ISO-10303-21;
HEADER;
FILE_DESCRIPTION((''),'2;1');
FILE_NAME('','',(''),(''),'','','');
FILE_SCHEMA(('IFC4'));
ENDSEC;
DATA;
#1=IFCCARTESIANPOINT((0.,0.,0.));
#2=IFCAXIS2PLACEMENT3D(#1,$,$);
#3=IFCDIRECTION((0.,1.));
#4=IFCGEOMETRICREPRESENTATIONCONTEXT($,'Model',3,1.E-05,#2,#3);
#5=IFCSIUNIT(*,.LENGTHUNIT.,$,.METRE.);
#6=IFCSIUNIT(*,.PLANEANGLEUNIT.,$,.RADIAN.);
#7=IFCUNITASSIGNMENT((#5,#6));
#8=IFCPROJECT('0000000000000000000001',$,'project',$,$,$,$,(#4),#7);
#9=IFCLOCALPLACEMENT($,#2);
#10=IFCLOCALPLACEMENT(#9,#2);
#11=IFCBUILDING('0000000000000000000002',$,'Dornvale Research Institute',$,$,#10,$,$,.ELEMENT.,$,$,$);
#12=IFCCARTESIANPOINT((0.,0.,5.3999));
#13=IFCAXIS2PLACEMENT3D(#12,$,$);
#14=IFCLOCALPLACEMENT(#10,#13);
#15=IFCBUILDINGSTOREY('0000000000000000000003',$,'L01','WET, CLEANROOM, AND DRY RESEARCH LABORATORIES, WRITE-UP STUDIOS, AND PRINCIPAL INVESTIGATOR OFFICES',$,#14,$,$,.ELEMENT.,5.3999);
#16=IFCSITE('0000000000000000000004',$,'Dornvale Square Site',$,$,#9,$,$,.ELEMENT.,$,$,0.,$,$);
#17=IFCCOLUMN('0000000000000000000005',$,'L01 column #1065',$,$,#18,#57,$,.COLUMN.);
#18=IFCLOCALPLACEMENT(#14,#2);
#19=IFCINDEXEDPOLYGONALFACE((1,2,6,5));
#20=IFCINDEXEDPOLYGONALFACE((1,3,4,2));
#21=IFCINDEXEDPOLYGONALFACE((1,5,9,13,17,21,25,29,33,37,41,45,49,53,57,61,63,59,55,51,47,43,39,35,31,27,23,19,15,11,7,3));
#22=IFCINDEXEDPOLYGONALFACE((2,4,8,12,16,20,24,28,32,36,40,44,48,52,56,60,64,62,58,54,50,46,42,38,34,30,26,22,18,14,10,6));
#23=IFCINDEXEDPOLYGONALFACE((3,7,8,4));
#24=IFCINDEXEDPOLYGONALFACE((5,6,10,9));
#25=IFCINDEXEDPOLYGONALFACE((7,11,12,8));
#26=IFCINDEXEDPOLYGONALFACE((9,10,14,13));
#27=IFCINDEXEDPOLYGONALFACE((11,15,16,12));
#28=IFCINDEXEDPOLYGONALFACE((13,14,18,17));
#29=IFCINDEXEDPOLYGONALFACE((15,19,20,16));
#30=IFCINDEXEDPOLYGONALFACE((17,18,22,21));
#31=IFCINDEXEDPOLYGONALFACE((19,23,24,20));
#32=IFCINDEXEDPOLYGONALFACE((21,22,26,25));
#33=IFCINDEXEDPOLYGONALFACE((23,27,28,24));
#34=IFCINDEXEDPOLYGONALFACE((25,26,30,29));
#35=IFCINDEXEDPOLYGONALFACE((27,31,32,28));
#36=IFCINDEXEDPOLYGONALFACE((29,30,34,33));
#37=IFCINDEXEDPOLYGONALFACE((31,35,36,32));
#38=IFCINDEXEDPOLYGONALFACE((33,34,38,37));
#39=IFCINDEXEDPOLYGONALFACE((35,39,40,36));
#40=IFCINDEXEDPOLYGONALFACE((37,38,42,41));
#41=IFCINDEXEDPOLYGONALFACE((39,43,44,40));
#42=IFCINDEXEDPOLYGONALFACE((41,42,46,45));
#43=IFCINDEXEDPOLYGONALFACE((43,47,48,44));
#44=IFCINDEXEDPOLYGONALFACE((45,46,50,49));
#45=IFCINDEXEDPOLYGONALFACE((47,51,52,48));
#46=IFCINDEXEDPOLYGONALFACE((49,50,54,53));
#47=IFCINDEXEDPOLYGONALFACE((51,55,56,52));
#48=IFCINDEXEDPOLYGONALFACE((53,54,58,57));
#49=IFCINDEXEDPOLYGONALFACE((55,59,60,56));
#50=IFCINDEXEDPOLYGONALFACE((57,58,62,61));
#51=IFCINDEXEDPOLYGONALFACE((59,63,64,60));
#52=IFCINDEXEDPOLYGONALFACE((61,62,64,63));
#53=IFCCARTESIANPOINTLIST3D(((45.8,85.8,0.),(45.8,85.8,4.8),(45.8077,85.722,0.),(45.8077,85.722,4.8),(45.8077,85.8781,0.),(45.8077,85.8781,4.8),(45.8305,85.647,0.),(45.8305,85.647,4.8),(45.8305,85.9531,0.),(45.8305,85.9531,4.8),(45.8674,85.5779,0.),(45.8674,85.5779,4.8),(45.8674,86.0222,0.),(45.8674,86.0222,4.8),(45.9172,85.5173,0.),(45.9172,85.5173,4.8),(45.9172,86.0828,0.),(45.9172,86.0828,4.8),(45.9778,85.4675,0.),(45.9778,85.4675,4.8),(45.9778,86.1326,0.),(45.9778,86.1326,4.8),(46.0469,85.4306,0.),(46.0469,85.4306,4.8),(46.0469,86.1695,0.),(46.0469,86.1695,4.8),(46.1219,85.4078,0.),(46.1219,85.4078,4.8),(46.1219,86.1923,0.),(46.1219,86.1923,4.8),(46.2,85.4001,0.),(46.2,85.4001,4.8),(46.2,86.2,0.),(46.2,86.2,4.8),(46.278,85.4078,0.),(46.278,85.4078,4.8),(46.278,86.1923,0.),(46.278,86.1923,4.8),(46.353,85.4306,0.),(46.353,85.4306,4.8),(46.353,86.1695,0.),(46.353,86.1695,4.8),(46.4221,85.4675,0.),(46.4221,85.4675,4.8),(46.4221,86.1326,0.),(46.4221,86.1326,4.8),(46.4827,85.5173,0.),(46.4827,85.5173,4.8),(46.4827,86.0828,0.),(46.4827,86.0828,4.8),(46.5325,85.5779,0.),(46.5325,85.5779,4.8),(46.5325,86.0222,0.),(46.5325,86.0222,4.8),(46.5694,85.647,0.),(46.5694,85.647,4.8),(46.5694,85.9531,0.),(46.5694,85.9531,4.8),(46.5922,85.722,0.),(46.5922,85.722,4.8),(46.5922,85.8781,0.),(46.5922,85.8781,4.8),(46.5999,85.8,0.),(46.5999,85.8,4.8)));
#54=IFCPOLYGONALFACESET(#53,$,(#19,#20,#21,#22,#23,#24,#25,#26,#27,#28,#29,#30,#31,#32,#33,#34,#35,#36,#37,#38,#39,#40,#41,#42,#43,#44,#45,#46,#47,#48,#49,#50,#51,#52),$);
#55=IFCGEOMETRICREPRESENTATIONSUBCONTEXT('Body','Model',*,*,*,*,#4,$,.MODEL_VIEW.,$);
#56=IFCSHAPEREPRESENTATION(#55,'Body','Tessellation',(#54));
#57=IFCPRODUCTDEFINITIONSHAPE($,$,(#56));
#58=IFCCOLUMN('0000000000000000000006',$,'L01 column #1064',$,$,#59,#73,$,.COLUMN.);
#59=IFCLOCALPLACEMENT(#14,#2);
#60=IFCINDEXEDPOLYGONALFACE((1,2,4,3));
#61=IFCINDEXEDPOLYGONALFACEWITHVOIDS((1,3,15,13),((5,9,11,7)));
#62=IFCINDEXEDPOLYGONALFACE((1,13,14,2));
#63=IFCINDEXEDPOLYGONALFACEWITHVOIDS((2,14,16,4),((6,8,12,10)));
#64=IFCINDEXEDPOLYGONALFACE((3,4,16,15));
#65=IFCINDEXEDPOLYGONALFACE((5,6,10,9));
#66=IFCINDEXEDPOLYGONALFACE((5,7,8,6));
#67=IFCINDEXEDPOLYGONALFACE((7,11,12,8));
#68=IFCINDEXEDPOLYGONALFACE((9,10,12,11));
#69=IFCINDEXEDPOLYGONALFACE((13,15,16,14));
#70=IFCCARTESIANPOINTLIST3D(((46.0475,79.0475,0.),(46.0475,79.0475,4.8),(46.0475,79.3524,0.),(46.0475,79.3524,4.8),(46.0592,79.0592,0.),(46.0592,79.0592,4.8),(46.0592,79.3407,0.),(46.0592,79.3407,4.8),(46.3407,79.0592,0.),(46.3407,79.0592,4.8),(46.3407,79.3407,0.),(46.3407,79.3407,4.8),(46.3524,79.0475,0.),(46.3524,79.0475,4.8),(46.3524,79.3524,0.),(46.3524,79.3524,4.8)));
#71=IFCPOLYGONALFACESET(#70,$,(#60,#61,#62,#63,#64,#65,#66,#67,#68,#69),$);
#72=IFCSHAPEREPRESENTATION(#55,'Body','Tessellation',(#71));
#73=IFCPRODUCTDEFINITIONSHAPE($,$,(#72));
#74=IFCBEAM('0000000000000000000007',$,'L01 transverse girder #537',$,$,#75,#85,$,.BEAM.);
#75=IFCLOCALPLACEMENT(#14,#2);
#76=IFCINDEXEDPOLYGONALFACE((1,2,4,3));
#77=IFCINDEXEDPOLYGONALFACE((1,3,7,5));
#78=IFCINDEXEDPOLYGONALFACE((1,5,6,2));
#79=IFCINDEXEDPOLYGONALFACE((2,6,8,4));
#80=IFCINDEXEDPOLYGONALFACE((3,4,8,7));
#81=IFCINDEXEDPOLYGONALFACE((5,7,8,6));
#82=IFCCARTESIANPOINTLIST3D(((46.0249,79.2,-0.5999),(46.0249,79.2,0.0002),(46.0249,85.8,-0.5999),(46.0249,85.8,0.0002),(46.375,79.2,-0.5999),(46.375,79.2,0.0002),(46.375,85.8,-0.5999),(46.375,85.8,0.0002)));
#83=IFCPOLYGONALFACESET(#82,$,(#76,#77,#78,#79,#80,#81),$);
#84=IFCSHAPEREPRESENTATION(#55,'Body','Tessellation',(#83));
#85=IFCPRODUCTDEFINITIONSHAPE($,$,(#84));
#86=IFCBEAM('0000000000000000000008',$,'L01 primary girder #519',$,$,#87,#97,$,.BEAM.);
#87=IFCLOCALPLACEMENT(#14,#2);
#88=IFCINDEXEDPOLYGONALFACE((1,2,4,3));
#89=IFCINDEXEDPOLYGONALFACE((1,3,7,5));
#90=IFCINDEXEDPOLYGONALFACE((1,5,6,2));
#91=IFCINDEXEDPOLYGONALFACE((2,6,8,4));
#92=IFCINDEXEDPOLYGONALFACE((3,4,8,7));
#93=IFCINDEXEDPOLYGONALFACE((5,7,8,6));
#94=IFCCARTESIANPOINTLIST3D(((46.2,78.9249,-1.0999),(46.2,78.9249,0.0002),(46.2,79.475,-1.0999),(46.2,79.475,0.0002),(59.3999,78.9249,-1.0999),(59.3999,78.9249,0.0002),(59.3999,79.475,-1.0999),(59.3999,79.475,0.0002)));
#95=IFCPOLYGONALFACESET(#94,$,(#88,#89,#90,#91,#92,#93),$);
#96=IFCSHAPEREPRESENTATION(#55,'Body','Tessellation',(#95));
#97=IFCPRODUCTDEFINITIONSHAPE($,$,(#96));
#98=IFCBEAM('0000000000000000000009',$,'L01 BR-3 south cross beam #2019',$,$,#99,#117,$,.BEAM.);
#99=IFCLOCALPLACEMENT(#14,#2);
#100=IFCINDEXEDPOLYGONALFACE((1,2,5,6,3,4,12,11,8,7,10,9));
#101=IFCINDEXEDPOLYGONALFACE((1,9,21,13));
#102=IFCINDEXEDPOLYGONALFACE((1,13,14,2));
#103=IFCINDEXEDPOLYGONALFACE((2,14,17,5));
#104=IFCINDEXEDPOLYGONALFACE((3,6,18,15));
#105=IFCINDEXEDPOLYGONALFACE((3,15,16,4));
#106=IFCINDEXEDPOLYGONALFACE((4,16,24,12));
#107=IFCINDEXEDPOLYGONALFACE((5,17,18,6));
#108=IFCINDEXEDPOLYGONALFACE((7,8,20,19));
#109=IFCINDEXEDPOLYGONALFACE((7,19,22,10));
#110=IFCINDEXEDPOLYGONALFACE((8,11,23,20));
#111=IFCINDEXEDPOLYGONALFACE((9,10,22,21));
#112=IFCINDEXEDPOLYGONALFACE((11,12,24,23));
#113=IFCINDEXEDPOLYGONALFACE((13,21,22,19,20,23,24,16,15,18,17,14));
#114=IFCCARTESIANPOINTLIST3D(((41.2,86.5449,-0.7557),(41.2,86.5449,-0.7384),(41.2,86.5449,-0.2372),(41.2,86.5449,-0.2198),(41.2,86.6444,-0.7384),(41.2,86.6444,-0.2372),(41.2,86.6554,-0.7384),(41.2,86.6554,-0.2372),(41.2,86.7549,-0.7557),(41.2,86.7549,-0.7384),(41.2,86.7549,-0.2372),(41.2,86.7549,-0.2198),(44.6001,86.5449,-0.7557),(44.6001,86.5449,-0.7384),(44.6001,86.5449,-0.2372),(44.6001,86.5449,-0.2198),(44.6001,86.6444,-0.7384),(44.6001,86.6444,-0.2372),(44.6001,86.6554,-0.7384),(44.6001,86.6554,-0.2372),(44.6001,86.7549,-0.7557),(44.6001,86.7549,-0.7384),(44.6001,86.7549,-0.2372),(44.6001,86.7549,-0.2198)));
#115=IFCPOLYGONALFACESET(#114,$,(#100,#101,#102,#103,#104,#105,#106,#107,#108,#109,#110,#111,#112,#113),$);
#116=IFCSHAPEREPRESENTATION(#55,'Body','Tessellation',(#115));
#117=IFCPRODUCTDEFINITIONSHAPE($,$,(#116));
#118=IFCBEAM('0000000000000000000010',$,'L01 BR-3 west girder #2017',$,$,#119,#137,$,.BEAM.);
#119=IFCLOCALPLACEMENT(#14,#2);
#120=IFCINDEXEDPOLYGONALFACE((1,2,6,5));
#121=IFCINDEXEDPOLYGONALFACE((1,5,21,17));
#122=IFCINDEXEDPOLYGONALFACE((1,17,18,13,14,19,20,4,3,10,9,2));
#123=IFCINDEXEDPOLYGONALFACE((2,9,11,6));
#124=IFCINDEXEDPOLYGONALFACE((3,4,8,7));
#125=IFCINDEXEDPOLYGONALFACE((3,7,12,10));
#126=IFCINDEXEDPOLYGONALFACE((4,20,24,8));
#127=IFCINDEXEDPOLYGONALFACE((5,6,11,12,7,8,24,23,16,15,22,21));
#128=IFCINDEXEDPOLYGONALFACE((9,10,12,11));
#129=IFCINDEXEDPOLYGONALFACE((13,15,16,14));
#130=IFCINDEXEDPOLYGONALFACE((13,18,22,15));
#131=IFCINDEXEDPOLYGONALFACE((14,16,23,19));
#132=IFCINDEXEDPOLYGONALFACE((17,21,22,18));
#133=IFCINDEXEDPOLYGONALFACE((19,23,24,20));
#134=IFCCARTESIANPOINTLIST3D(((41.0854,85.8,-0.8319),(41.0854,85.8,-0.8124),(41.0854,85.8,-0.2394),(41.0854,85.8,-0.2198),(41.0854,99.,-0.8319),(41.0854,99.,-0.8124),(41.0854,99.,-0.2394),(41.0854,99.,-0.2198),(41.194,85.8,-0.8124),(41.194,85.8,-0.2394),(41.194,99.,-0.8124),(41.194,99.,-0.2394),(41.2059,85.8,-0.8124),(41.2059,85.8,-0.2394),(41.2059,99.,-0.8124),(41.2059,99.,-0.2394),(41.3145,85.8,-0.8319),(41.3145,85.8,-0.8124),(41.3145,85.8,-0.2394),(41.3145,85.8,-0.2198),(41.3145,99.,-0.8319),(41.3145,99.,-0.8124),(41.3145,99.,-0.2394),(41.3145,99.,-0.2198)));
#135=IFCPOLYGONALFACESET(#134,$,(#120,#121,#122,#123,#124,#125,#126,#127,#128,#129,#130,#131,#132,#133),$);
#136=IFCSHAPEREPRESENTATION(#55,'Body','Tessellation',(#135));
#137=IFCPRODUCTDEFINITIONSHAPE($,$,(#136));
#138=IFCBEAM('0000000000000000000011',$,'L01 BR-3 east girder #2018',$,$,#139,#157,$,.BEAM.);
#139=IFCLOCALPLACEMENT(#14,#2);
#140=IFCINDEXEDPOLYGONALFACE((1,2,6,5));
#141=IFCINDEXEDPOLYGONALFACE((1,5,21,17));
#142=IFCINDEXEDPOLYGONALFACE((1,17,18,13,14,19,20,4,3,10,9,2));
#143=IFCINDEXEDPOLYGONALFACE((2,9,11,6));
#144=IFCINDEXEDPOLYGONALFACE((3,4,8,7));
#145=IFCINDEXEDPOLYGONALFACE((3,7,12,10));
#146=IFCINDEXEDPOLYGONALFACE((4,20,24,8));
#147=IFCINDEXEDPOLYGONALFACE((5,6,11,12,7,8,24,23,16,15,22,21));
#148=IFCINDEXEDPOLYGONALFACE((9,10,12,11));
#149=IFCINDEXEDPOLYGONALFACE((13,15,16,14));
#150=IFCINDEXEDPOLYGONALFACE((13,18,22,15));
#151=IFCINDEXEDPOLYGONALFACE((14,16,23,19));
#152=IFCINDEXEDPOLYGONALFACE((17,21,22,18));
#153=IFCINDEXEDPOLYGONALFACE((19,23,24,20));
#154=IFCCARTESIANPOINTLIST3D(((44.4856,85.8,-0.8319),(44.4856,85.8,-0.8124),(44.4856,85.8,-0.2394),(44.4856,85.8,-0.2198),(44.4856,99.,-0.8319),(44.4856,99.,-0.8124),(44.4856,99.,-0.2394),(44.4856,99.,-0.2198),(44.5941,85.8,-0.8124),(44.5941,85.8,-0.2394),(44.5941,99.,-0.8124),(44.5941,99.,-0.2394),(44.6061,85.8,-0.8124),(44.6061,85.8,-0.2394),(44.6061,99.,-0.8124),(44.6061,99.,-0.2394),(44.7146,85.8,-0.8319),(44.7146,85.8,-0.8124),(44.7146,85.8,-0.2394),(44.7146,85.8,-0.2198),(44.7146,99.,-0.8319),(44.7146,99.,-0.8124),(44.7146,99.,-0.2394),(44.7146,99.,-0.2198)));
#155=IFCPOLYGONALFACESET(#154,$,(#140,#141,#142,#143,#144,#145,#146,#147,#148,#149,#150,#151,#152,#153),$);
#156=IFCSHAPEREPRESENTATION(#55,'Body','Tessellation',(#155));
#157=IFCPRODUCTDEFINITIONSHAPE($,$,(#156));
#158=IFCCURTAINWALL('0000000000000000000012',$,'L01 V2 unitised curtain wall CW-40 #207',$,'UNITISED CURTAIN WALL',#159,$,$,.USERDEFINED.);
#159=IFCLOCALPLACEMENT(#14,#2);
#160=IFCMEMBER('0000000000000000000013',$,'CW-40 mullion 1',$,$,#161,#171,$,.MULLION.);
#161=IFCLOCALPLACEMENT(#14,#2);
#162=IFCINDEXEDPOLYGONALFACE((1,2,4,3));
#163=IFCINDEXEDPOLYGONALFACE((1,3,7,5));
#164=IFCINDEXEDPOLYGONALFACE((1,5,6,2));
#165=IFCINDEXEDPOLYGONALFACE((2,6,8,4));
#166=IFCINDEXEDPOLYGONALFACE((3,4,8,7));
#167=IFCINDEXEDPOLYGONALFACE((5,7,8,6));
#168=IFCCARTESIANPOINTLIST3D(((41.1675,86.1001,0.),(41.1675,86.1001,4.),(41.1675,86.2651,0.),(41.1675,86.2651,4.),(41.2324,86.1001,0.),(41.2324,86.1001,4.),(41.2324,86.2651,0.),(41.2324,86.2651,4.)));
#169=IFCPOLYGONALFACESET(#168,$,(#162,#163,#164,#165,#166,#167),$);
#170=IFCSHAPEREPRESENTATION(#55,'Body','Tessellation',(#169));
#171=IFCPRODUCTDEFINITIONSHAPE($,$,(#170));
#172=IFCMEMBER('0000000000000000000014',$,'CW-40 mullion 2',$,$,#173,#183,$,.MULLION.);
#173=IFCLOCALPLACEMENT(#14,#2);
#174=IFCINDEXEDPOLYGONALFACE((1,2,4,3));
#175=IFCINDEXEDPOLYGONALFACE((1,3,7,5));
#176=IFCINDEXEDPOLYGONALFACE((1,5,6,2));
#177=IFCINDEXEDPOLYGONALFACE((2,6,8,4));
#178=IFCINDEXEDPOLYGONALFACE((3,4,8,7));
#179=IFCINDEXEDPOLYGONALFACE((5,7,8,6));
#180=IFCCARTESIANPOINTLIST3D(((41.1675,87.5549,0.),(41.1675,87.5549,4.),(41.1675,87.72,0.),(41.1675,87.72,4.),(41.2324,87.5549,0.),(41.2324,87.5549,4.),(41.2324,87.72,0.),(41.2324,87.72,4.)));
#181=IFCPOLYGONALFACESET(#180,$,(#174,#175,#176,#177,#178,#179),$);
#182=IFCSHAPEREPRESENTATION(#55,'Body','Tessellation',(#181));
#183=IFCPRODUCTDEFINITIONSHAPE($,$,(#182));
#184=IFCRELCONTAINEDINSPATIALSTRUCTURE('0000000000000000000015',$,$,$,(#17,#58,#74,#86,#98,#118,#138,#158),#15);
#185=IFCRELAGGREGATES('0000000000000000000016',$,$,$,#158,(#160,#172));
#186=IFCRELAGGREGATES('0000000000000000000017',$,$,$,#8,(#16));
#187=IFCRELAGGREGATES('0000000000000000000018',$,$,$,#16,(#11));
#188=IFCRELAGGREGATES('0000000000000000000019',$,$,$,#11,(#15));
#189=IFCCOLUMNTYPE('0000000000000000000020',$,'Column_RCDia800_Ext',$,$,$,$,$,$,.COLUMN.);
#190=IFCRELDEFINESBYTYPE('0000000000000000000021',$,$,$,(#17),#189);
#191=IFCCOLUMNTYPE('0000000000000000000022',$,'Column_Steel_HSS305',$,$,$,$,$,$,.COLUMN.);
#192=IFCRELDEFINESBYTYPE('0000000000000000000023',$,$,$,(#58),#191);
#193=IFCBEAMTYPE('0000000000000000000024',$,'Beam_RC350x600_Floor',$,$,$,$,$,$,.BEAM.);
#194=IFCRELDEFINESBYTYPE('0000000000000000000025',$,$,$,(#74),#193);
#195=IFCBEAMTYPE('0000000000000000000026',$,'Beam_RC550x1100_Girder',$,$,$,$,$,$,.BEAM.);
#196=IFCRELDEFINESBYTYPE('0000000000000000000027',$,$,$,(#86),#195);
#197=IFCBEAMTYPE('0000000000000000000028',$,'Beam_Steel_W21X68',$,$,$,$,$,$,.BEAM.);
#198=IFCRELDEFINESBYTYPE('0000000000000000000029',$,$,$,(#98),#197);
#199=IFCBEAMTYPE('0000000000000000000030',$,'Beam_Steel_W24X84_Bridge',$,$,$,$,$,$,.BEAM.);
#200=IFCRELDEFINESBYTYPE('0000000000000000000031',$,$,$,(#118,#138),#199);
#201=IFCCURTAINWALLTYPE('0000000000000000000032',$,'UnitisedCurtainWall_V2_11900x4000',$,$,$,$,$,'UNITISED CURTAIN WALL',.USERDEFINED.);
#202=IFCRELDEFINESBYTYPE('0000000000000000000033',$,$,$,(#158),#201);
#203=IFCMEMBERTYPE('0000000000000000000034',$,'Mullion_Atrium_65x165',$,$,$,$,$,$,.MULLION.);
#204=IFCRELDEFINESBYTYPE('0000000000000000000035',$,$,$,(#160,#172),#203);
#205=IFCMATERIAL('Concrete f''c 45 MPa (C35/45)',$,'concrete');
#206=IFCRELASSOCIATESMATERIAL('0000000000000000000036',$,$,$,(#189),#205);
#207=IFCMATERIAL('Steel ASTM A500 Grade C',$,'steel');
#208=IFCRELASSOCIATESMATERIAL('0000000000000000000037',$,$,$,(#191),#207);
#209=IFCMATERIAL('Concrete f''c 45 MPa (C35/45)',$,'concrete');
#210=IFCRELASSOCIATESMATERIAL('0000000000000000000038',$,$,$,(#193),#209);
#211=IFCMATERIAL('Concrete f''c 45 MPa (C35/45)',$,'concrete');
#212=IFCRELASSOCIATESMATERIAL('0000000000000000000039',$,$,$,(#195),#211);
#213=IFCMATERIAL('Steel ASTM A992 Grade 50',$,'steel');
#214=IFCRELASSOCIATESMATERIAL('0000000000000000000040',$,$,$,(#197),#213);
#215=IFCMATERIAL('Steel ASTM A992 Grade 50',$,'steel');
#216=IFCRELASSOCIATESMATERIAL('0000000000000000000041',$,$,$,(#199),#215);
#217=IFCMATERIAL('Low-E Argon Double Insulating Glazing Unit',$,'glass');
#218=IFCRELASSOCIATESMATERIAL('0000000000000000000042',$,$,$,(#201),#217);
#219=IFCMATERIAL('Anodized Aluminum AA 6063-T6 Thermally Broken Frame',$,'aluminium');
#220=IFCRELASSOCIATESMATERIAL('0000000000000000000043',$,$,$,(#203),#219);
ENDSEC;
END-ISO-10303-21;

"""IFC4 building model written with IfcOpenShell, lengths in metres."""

from ifc_helpers import new_model, si_unit, direction, frame, origin, origin_2d, place, context, subcontext, project, spatial, rectangle, hollow_rectangle, circle, i_section, extrude, material, material_profile, profile_set, type_object, element, aggregate, save


model = new_model("IFC4")

# Units and contexts
model_context = context("Model", 3, precision=1e-05, world=origin(), true_north=direction((0.0, 1.0)))
body_context = subcontext(model_context, "Body", "Model", "MODEL_VIEW")
ifc_project = project(units=[si_unit("LENGTHUNIT", "METRE"), si_unit("PLANEANGLEUNIT", "RADIAN")], contexts=[model_context])

# Site, building, storey
site_placement = place(None, origin())
site = spatial("IfcSite", under=ifc_project, at=site_placement, Name="Dornvale Square Site", CompositionType="ELEMENT", RefElevation=0.0)
building_placement = place(site_placement, origin())
building = spatial("IfcBuilding", under=site, at=building_placement, Name="Dornvale Research Institute", CompositionType="ELEMENT")
storey_placement = place(building_placement, frame((0.0, 0.0, 5.3999)))
storey = spatial("IfcBuildingStorey", under=building, at=storey_placement, Name="L01", Description="WET, CLEANROOM, AND DRY RESEARCH LABORATORIES, WRITE-UP STUDIOS, AND PRINCIPAL INVESTIGATOR OFFICES", CompositionType="ELEMENT", Elevation=5.3999)

# Columns
ifc_material_1 = material(Name="Concrete f'c 45 MPa (C35/45)", Category="concrete")
ifc_material_profile_1 = material_profile(ifc_material_1, circle(Radius=0.3999, at=origin_2d()), Name="RC DIA 800")
ifc_profile_set_1 = profile_set([ifc_material_profile_1], Name="Concrete f'c 45 MPa (C35/45)")
column_type_1 = type_object("IfcColumnType", Name="Column_RCDia800_Ext", PredefinedType="COLUMN", material=ifc_profile_set_1)
column_1_placement = place(storey_placement, frame((46.2, 85.8, 0.0), z_axis=(0.0, 0.0, 1.0), x_axis=(1.0, 0.0, 0.0)))
element("IfcColumn", 1, at=column_1_placement, inside=storey, type_object=column_type_1, Name="L01 column #1065", PredefinedType="COLUMN", context=body_context, shape_type="SweptSolid", body=[
    extrude(circle(Radius=0.3999, at=origin_2d()), origin(), (0.0, 0.0, 1.0), 4.8),
])
ifc_material_2 = material(Name="Steel ASTM A500 Grade C", Category="steel")
ifc_material_profile_2 = material_profile(ifc_material_2, hollow_rectangle(XDim=0.3049, YDim=0.3049, WallThickness=0.0117, at=origin_2d()), Name="HSS305X305X12.7")
ifc_profile_set_2 = profile_set([ifc_material_profile_2], Name="Steel ASTM A500 Grade C")
column_type_2 = type_object("IfcColumnType", Name="Column_Steel_HSS305", PredefinedType="COLUMN", material=ifc_profile_set_2)
column_2_placement = place(storey_placement, frame((46.2, 79.2, 0.0), z_axis=(0.0, 0.0, 1.0), x_axis=(1.0, 0.0, 0.0)))
element("IfcColumn", 2, at=column_2_placement, inside=storey, type_object=column_type_2, Name="L01 column #1064", PredefinedType="COLUMN", context=body_context, shape_type="SweptSolid", body=[
    extrude(hollow_rectangle(XDim=0.3049, YDim=0.3049, WallThickness=0.0117, at=origin_2d()), origin(), (0.0, 0.0, 1.0), 4.8),
])

# Beams
ifc_material_3 = material(Name="Concrete f'c 45 MPa (C35/45)", Category="concrete")
ifc_material_profile_3 = material_profile(ifc_material_3, rectangle(XDim=0.3501, YDim=0.6001, at=origin_2d()), Name="RC 350x600")
ifc_profile_set_3 = profile_set([ifc_material_profile_3], Name="Concrete f'c 45 MPa (C35/45)")
beam_type_1 = type_object("IfcBeamType", Name="Beam_RC350x600_Floor", PredefinedType="BEAM", material=ifc_profile_set_3)
beam_1_placement = place(storey_placement, frame((46.2, 79.2, -0.2998), z_axis=(0.0, 1.0, 0.0), x_axis=(-1.0, 0.0, 0.0)))
element("IfcBeam", 3, at=beam_1_placement, inside=storey, type_object=beam_type_1, Name="L01 transverse girder #537", PredefinedType="BEAM", context=body_context, shape_type="SweptSolid", body=[
    extrude(rectangle(XDim=0.3501, YDim=0.6001, at=origin_2d()), origin(), (0.0, 0.0, 1.0), 6.6001),
])
ifc_material_4 = material(Name="Concrete f'c 45 MPa (C35/45)", Category="concrete")
ifc_material_profile_4 = material_profile(ifc_material_4, rectangle(XDim=0.55, YDim=1.1001, at=origin_2d()), Name="RC 550x1100")
ifc_profile_set_4 = profile_set([ifc_material_profile_4], Name="Concrete f'c 45 MPa (C35/45)")
beam_type_2 = type_object("IfcBeamType", Name="Beam_RC550x1100_Girder", PredefinedType="BEAM", material=ifc_profile_set_4)
beam_2_placement = place(storey_placement, frame((46.2, 79.2, -0.5498), z_axis=(1.0, 0.0, 0.0), x_axis=(0.0, 1.0, 0.0)))
element("IfcBeam", 4, at=beam_2_placement, inside=storey, type_object=beam_type_2, Name="L01 primary girder #519", PredefinedType="BEAM", context=body_context, shape_type="SweptSolid", body=[
    extrude(rectangle(XDim=0.55, YDim=1.1001, at=origin_2d()), origin(), (0.0, 0.0, 1.0), 13.2),
])
ifc_material_5 = material(Name="Steel ASTM A992 Grade 50", Category="steel")
ifc_material_profile_5 = material_profile(ifc_material_5, i_section(OverallWidth=0.21, OverallDepth=0.5359, WebThickness=0.011, FlangeThickness=0.0173, at=origin_2d()), Name="W21X68")
ifc_profile_set_5 = profile_set([ifc_material_profile_5], Name="Steel ASTM A992 Grade 50")
beam_type_3 = type_object("IfcBeamType", Name="Beam_Steel_W21X68", PredefinedType="BEAM", material=ifc_profile_set_5)
beam_3_placement = place(storey_placement, frame((41.2, 86.6499, -0.4878), z_axis=(1.0, 0.0, 0.0), x_axis=(0.0, 1.0, 0.0)))
element("IfcBeam", 5, at=beam_3_placement, inside=storey, type_object=beam_type_3, Name="L01 BR-3 south cross beam #2019", PredefinedType="BEAM", context=body_context, shape_type="SweptSolid", body=[
    extrude(i_section(OverallWidth=0.21, OverallDepth=0.5359, WebThickness=0.011, FlangeThickness=0.0173, at=origin_2d()), origin(), (0.0, 0.0, 1.0), 3.4001),
])
ifc_material_6 = material(Name="Steel ASTM A992 Grade 50", Category="steel")
ifc_material_profile_6 = material_profile(ifc_material_6, i_section(OverallWidth=0.229, OverallDepth=0.6121, WebThickness=0.012, FlangeThickness=0.0195, at=origin_2d()), Name="W24X84")
ifc_profile_set_6 = profile_set([ifc_material_profile_6], Name="Steel ASTM A992 Grade 50")
beam_type_4 = type_object("IfcBeamType", Name="Beam_Steel_W24X84_Bridge", PredefinedType="BEAM", material=ifc_profile_set_6)
for number, where, z_axis, x_axis, name in (
    (6, (41.2, 85.8, -0.5259), (0.0, 1.0, 0.0), (-1.0, 0.0, 0.0), "L01 BR-3 west girder #2017"),
    (7, (44.6001, 85.8, -0.5259), (0.0, 1.0, 0.0), (-1.0, 0.0, 0.0), "L01 BR-3 east girder #2018"),
):
    element("IfcBeam", number, at=place(storey_placement, frame(where, z_axis=z_axis, x_axis=x_axis)), inside=storey, type_object=beam_type_4, Name=name, PredefinedType="BEAM", context=body_context, shape_type="SweptSolid", body=[
        extrude(i_section(OverallWidth=0.229, OverallDepth=0.6121, WebThickness=0.012, FlangeThickness=0.0195, at=origin_2d()), origin(), (0.0, 0.0, 1.0), 13.2),
    ])

# Curtain wall, members
ifc_material_7 = material(Name="Low-E Argon Double Insulating Glazing Unit", Category="glass")
curtain_wall_type = type_object("IfcCurtainWallType", Name="UnitisedCurtainWall_V2_11900x4000", ElementType="UNITISED CURTAIN WALL", PredefinedType="USERDEFINED", material=ifc_material_7)
curtain_wall_1_placement = place(storey_placement, origin())
curtain_wall_1 = element("IfcCurtainWall", 8, at=curtain_wall_1_placement, inside=storey, type_object=curtain_wall_type, Name="L01 V2 unitised curtain wall CW-40 #207", ObjectType="UNITISED CURTAIN WALL", PredefinedType="USERDEFINED")
ifc_material_8 = material(Name="Anodized Aluminum AA 6063-T6 Thermally Broken Frame", Category="aluminium")
ifc_material_profile_7 = material_profile(ifc_material_8, rectangle(XDim=0.0649, YDim=0.165, at=origin_2d()), Name="ALU MULLION 65x165")
ifc_profile_set_7 = profile_set([ifc_material_profile_7], Name="Anodized Aluminum AA 6063-T6 Thermally Broken Frame")
member_type_1 = type_object("IfcMemberType", Name="Mullion_Atrium_65x165", PredefinedType="MULLION", material=ifc_profile_set_7)
member_1_placement = place(storey_placement, frame((41.2, 86.1826, 0.0), z_axis=(0.0, 0.0, 1.0), x_axis=(-1.0, 0.0, 0.0)))
member_1 = element("IfcMember", 9, at=member_1_placement, type_object=member_type_1, Name="CW-40 mullion 1", PredefinedType="MULLION", context=body_context, shape_type="SweptSolid", body=[
    extrude(rectangle(XDim=0.0649, YDim=0.165, at=origin_2d()), origin(), (0.0, 0.0, 1.0), 4.0),
])
member_2_placement = place(storey_placement, frame((41.2, 87.6375, 0.0), z_axis=(0.0, 0.0, 1.0), x_axis=(-1.0, 0.0, 0.0)))
member_2 = element("IfcMember", 10, at=member_2_placement, type_object=member_type_1, Name="CW-40 mullion 2", PredefinedType="MULLION", context=body_context, shape_type="SweptSolid", body=[
    extrude(rectangle(XDim=0.0649, YDim=0.165, at=origin_2d()), origin(), (0.0, 0.0, 1.0), 4.0),
])

aggregate(curtain_wall_1, [member_1, member_2])

save(model, "model.ifc")
